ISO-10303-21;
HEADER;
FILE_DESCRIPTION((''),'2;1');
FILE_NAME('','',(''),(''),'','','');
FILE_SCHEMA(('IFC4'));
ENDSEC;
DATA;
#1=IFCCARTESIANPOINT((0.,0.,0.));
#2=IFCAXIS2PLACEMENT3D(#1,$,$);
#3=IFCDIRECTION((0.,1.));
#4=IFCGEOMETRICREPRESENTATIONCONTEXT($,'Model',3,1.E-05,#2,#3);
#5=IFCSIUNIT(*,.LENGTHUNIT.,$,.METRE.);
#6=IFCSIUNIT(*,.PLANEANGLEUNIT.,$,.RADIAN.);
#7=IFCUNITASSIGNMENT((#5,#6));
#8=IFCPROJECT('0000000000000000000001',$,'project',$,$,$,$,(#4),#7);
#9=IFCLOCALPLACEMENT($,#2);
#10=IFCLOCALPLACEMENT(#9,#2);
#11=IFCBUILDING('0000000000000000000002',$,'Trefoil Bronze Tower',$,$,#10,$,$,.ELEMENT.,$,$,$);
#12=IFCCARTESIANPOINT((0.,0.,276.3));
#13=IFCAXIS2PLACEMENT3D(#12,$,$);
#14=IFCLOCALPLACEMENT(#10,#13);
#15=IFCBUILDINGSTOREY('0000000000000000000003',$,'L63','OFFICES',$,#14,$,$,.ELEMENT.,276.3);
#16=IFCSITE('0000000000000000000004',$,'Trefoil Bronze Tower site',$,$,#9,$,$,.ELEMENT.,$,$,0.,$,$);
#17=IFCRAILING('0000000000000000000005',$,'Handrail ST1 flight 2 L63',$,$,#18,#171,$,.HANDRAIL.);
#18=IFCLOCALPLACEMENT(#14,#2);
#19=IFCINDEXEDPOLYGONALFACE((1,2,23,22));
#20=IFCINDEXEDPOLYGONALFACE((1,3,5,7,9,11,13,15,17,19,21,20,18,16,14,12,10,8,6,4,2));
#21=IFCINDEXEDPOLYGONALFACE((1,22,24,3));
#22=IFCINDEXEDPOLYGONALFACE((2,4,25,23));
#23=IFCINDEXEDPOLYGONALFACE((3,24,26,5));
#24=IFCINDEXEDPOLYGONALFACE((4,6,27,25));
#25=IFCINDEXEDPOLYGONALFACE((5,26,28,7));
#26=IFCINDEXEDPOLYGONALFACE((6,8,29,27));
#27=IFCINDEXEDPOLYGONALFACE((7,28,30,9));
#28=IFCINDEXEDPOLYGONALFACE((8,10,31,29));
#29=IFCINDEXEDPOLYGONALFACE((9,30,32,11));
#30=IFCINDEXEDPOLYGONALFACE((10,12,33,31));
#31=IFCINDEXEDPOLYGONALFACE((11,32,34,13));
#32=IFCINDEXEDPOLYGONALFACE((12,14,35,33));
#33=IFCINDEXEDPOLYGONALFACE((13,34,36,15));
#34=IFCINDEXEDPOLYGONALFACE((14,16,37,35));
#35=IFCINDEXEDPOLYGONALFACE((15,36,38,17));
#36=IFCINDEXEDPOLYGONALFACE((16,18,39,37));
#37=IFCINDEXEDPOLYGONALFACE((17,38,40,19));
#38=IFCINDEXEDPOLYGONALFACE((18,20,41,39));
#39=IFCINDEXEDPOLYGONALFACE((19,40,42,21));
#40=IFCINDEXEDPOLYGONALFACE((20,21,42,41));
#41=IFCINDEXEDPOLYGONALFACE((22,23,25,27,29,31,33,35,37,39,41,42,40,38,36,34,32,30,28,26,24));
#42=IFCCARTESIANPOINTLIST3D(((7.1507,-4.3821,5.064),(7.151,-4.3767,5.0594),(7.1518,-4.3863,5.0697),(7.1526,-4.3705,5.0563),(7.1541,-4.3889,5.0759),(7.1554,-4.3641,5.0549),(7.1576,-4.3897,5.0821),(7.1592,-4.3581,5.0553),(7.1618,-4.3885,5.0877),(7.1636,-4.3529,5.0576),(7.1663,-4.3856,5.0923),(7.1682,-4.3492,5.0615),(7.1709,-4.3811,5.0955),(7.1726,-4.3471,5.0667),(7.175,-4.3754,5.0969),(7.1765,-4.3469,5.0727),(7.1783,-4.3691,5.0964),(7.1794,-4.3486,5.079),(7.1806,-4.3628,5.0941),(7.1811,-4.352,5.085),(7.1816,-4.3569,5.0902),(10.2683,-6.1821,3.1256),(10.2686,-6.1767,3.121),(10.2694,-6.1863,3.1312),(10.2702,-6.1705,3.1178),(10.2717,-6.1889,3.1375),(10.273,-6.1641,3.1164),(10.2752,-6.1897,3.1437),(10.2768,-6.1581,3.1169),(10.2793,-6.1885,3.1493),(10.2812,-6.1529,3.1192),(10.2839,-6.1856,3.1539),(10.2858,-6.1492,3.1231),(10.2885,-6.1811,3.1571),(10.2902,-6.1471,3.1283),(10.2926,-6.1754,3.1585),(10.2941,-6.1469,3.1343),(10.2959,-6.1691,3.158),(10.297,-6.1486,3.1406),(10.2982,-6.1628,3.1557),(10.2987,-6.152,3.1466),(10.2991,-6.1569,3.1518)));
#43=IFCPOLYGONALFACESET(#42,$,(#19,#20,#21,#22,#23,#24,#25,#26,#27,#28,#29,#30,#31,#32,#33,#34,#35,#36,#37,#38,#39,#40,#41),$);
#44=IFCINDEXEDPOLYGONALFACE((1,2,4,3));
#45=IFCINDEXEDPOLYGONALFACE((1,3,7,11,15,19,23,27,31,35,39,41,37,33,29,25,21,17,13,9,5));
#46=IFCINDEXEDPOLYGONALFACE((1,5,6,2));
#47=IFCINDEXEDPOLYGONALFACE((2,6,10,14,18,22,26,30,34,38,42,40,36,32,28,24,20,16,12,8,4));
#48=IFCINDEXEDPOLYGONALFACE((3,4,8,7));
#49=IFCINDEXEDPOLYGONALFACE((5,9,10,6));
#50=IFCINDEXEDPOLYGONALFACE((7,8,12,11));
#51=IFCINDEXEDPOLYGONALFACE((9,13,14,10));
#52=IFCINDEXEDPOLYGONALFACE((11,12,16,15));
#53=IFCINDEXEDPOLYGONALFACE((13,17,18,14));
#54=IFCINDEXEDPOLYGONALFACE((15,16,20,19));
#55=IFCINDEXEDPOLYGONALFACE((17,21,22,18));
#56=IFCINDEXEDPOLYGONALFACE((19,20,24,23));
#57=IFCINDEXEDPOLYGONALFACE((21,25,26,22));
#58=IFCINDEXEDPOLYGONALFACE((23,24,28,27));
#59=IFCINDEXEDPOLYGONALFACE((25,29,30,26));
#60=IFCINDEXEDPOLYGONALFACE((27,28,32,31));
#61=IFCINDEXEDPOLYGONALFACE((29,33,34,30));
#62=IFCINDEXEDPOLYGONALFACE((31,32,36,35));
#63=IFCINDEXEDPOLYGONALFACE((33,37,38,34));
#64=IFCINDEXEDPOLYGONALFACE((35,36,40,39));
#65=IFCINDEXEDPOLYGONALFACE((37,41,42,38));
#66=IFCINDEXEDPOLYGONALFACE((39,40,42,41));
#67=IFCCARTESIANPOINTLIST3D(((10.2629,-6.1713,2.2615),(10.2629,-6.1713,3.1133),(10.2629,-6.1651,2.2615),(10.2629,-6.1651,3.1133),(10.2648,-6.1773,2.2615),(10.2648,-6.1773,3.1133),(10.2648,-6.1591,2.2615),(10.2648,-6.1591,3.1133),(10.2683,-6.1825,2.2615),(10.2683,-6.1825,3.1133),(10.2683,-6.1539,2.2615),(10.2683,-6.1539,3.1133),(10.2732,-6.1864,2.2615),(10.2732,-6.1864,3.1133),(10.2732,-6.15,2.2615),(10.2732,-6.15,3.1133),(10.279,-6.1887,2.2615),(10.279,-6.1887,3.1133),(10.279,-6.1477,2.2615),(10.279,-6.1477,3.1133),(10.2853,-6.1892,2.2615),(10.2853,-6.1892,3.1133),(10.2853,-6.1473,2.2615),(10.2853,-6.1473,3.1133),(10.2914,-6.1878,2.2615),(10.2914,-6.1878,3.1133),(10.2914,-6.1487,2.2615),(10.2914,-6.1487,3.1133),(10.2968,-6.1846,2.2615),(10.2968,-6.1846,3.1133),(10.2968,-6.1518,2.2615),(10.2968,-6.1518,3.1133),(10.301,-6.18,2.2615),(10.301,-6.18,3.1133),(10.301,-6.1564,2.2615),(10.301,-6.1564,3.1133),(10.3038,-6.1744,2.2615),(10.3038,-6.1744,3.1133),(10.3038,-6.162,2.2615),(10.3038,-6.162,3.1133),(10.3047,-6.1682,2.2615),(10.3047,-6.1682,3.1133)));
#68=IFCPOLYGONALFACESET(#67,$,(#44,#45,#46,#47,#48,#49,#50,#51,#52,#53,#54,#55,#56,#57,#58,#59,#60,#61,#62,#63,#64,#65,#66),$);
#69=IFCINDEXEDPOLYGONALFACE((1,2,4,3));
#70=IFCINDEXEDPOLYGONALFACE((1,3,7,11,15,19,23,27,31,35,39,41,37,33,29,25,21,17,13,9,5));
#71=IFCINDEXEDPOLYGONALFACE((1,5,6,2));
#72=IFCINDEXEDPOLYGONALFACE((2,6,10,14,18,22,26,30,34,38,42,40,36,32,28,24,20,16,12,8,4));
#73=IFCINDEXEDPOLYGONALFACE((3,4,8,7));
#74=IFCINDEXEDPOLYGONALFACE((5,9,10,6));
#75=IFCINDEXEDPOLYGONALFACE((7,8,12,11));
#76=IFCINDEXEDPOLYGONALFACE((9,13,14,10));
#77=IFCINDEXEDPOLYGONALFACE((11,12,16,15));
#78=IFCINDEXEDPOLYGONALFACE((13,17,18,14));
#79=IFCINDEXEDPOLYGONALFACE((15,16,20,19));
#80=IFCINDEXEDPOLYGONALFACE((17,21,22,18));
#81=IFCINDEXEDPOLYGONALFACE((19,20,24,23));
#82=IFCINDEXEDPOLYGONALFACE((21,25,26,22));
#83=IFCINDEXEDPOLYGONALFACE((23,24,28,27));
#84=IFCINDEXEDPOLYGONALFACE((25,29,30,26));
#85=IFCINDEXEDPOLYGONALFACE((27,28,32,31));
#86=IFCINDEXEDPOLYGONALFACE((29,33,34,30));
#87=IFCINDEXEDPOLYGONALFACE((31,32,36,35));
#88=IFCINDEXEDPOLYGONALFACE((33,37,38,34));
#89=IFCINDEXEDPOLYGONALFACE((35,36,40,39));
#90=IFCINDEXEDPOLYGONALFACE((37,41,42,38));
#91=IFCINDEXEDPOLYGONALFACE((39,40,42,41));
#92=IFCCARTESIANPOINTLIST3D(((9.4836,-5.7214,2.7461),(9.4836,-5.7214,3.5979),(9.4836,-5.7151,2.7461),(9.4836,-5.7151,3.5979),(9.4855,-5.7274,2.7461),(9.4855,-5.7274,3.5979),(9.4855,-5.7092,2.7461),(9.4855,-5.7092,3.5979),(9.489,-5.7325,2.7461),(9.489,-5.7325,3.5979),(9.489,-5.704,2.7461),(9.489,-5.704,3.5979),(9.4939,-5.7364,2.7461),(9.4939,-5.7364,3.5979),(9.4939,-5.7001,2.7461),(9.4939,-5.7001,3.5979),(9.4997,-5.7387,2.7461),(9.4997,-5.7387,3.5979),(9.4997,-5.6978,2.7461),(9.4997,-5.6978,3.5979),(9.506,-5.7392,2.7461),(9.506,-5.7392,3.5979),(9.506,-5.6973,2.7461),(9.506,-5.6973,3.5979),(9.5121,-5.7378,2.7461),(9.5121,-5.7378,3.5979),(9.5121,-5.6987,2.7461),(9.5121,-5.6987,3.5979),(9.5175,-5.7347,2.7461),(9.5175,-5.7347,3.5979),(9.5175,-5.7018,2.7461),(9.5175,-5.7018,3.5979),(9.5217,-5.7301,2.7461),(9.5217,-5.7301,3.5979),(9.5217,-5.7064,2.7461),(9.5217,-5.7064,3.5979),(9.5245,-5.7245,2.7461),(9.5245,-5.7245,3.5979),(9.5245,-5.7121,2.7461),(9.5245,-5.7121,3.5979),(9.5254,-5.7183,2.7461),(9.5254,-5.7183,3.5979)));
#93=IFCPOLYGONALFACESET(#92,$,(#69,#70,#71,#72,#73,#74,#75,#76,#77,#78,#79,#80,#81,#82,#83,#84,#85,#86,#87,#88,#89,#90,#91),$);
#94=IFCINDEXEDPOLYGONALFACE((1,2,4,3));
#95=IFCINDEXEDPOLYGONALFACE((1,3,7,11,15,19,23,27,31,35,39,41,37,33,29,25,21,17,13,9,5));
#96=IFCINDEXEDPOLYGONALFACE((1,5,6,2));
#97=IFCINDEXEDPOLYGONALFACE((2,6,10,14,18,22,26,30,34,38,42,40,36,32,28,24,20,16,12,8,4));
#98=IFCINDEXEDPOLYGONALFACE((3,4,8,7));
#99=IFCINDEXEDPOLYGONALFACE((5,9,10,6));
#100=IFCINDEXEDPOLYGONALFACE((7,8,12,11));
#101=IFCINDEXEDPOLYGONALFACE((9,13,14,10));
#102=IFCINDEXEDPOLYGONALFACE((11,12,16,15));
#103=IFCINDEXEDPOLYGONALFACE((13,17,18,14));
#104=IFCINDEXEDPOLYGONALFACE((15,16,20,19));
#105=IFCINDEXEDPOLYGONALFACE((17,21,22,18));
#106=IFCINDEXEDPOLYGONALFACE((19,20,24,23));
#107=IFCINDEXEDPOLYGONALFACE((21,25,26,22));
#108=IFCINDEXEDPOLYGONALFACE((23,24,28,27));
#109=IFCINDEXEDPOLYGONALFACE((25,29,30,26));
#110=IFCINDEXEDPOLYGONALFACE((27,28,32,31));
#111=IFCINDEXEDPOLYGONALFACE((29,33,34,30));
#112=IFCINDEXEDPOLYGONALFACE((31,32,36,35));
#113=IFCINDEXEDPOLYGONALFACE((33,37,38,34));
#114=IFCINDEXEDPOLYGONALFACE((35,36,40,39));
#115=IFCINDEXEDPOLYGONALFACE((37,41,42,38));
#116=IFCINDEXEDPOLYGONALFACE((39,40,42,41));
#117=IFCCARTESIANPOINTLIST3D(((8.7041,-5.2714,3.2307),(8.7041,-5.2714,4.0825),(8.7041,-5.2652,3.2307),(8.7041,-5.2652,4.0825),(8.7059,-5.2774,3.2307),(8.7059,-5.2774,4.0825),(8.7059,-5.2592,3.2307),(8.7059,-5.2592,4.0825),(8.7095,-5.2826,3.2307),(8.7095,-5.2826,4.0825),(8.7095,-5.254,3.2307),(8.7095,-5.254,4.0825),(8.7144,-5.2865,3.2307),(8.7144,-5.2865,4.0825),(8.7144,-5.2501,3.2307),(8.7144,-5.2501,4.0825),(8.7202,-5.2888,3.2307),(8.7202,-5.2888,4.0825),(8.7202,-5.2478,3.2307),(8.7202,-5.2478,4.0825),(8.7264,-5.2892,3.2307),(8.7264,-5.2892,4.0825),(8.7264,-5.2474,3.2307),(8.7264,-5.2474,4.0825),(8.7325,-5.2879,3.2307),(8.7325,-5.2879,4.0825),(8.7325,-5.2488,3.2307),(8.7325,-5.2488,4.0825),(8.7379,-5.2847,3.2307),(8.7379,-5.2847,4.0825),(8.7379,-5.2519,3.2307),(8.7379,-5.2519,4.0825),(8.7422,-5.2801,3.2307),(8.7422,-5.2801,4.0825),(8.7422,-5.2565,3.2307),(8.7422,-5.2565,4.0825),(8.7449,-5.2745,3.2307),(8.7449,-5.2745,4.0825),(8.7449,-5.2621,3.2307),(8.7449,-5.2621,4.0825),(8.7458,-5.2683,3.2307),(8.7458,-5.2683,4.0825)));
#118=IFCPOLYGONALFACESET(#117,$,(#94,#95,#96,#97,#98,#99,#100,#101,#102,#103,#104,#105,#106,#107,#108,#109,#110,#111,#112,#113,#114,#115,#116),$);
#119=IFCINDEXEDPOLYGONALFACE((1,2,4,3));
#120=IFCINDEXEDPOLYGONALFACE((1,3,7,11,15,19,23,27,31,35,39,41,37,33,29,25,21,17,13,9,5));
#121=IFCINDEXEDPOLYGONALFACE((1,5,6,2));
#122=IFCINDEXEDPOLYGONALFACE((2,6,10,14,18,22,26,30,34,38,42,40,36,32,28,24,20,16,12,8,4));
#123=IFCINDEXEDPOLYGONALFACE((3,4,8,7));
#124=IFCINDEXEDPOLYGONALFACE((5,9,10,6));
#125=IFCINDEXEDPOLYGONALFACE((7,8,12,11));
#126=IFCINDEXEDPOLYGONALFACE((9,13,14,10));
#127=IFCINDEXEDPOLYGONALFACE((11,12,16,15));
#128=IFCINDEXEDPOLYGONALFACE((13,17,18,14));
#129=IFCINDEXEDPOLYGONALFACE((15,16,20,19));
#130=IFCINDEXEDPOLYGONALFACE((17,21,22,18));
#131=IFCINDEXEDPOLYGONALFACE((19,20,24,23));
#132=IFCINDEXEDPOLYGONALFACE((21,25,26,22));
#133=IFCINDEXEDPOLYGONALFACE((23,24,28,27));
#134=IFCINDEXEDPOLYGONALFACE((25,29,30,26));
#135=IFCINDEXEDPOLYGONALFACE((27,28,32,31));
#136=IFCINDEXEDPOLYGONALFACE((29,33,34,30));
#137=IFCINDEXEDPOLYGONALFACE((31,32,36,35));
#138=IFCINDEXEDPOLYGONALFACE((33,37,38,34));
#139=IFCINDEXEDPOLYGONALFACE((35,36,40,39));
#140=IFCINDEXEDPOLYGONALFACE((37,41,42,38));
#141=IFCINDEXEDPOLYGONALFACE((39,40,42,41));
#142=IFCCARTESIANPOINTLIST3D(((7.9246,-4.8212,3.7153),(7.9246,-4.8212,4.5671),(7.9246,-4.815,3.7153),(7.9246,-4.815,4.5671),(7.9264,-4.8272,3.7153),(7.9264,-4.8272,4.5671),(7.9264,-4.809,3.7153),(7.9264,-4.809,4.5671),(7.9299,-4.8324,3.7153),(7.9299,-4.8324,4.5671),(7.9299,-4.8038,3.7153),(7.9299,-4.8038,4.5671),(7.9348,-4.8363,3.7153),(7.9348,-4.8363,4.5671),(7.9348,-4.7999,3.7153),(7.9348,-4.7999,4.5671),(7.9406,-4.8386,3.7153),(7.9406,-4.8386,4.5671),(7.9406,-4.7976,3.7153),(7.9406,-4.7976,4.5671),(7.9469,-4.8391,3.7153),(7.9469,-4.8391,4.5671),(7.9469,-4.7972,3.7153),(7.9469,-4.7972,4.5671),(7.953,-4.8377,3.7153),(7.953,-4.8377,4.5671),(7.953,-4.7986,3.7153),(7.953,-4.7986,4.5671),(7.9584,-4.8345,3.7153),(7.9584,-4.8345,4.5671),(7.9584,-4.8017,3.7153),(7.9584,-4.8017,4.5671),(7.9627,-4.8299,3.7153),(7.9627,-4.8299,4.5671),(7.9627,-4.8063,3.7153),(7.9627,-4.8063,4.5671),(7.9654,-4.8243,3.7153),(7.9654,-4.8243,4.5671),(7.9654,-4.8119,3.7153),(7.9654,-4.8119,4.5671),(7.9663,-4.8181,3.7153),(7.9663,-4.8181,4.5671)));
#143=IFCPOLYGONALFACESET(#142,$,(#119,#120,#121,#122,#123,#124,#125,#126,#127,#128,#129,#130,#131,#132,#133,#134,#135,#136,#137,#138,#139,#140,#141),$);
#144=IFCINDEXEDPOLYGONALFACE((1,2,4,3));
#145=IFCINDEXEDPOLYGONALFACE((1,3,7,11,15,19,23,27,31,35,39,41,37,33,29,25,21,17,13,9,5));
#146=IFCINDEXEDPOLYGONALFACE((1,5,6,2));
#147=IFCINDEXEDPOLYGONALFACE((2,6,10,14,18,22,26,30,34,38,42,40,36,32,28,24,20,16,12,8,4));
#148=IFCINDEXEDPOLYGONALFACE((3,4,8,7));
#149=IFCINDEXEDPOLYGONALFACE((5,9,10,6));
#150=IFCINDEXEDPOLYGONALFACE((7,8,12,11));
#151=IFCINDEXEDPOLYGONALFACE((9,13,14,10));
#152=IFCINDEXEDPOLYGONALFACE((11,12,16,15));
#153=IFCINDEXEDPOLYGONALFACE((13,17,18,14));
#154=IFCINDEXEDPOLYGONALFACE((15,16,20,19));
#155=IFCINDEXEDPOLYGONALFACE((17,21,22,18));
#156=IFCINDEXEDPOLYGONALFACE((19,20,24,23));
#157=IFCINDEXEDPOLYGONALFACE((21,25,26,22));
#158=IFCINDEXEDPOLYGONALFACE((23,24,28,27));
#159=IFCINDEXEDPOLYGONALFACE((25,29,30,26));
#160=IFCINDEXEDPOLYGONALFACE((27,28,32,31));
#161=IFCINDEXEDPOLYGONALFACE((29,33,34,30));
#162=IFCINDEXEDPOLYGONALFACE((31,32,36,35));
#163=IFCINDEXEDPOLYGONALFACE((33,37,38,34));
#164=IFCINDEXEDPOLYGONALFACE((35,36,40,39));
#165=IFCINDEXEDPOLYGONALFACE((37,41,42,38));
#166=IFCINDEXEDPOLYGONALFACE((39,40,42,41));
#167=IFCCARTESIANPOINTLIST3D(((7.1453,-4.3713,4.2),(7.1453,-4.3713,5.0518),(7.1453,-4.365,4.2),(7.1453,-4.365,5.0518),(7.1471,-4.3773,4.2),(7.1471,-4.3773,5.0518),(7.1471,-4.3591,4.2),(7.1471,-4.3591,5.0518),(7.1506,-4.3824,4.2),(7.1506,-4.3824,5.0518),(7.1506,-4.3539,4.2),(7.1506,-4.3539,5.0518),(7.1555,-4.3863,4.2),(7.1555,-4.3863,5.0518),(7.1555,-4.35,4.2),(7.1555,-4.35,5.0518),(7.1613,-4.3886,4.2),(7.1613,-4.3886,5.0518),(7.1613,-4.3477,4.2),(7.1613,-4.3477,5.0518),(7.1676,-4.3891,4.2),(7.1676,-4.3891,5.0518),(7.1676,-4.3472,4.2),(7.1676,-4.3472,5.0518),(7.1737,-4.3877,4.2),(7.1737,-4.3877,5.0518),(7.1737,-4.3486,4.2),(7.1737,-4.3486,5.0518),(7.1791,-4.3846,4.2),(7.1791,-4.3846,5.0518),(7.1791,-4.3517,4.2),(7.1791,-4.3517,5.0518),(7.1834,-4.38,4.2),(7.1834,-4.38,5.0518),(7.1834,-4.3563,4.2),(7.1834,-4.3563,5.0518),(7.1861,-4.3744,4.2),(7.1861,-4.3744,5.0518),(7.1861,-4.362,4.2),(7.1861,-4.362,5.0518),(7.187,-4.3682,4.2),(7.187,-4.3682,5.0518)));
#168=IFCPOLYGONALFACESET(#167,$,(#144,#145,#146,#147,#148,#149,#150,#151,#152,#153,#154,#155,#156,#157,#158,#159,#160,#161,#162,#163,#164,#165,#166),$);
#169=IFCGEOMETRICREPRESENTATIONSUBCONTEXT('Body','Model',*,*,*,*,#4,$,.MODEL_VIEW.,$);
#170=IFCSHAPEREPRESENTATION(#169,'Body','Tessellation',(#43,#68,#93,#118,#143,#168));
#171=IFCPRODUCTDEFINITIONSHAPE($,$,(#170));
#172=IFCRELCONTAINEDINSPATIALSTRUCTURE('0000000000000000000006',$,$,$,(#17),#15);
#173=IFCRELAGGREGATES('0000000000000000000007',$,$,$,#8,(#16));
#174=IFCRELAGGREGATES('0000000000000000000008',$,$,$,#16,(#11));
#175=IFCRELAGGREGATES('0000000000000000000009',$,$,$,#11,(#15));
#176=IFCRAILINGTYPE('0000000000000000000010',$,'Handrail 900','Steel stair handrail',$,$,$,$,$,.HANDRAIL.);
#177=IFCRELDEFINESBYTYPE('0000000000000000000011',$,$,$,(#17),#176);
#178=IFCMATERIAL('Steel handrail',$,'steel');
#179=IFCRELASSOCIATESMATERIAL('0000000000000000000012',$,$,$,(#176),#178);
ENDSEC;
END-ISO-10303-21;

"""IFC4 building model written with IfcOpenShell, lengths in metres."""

from ifc_helpers import new_model, si_unit, direction, frame, origin, origin_2d, place, context, subcontext, project, spatial, circle, extrude, material, type_object, element, save


model = new_model("IFC4")

# Units and contexts
model_context = context("Model", 3, precision=1e-05, world=origin(), true_north=direction((0.0, 1.0)))
body_context = subcontext(model_context, "Body", "Model", "MODEL_VIEW")
ifc_project = project(units=[si_unit("LENGTHUNIT", "METRE"), si_unit("PLANEANGLEUNIT", "RADIAN")], contexts=[model_context])

# Site, building, storey
site_placement = place(None, origin())
site = spatial("IfcSite", under=ifc_project, at=site_placement, Name="Trefoil Bronze Tower site", CompositionType="ELEMENT", RefElevation=0.0)
building_placement = place(site_placement, origin())
building = spatial("IfcBuilding", under=site, at=building_placement, Name="Trefoil Bronze Tower", CompositionType="ELEMENT")
storey_placement = place(building_placement, frame((0.0, 0.0, 276.3)))
storey = spatial("IfcBuildingStorey", under=building, at=storey_placement, Name="L63", Description="OFFICES", CompositionType="ELEMENT", Elevation=276.3)

# Railing
ifc_material_1 = material(Name="Steel handrail", Category="steel")
railing_type = type_object("IfcRailingType", Name="Handrail 900", Description="Steel stair handrail", PredefinedType="HANDRAIL", material=ifc_material_1)
railing_1_placement = place(storey_placement, frame((10.2837, -6.1682, 2.2615)))
element("IfcRailing", 1, at=railing_1_placement, inside=storey, type_object=railing_type, Name="Handrail ST1 flight 2 L63", PredefinedType="HANDRAIL", context=body_context, shape_type="SweptSolid", body=[
    extrude(circle(Radius=0.0239, at=origin_2d()), frame((0.0, 0.0, 0.876), z_axis=(-0.762503, 0.440246, 0.474102), x_axis=(-0.500012, -0.866018, 0.0)), (0.0, 0.0, 1.0), 4.0886),
    extrude(circle(Radius=0.021, at=origin_2d()), origin(), (0.0, 0.0, 1.0), 0.8518),
    extrude(circle(Radius=0.021, at=origin_2d()), frame((-0.7793, 0.45, 0.4846)), (0.0, 0.0, 1.0), 0.8518),
    extrude(circle(Radius=0.021, at=origin_2d()), frame((-1.5588, 0.8999, 0.9692)), (0.0, 0.0, 1.0), 0.8518),
    extrude(circle(Radius=0.021, at=origin_2d()), frame((-2.3384, 1.3501, 1.4539)), (0.0, 0.0, 1.0), 0.8518),
    extrude(circle(Radius=0.021, at=origin_2d()), frame((-3.1177, 1.8, 1.9385)), (0.0, 0.0, 1.0), 0.8518),
])

save(model, "model.ifc")
